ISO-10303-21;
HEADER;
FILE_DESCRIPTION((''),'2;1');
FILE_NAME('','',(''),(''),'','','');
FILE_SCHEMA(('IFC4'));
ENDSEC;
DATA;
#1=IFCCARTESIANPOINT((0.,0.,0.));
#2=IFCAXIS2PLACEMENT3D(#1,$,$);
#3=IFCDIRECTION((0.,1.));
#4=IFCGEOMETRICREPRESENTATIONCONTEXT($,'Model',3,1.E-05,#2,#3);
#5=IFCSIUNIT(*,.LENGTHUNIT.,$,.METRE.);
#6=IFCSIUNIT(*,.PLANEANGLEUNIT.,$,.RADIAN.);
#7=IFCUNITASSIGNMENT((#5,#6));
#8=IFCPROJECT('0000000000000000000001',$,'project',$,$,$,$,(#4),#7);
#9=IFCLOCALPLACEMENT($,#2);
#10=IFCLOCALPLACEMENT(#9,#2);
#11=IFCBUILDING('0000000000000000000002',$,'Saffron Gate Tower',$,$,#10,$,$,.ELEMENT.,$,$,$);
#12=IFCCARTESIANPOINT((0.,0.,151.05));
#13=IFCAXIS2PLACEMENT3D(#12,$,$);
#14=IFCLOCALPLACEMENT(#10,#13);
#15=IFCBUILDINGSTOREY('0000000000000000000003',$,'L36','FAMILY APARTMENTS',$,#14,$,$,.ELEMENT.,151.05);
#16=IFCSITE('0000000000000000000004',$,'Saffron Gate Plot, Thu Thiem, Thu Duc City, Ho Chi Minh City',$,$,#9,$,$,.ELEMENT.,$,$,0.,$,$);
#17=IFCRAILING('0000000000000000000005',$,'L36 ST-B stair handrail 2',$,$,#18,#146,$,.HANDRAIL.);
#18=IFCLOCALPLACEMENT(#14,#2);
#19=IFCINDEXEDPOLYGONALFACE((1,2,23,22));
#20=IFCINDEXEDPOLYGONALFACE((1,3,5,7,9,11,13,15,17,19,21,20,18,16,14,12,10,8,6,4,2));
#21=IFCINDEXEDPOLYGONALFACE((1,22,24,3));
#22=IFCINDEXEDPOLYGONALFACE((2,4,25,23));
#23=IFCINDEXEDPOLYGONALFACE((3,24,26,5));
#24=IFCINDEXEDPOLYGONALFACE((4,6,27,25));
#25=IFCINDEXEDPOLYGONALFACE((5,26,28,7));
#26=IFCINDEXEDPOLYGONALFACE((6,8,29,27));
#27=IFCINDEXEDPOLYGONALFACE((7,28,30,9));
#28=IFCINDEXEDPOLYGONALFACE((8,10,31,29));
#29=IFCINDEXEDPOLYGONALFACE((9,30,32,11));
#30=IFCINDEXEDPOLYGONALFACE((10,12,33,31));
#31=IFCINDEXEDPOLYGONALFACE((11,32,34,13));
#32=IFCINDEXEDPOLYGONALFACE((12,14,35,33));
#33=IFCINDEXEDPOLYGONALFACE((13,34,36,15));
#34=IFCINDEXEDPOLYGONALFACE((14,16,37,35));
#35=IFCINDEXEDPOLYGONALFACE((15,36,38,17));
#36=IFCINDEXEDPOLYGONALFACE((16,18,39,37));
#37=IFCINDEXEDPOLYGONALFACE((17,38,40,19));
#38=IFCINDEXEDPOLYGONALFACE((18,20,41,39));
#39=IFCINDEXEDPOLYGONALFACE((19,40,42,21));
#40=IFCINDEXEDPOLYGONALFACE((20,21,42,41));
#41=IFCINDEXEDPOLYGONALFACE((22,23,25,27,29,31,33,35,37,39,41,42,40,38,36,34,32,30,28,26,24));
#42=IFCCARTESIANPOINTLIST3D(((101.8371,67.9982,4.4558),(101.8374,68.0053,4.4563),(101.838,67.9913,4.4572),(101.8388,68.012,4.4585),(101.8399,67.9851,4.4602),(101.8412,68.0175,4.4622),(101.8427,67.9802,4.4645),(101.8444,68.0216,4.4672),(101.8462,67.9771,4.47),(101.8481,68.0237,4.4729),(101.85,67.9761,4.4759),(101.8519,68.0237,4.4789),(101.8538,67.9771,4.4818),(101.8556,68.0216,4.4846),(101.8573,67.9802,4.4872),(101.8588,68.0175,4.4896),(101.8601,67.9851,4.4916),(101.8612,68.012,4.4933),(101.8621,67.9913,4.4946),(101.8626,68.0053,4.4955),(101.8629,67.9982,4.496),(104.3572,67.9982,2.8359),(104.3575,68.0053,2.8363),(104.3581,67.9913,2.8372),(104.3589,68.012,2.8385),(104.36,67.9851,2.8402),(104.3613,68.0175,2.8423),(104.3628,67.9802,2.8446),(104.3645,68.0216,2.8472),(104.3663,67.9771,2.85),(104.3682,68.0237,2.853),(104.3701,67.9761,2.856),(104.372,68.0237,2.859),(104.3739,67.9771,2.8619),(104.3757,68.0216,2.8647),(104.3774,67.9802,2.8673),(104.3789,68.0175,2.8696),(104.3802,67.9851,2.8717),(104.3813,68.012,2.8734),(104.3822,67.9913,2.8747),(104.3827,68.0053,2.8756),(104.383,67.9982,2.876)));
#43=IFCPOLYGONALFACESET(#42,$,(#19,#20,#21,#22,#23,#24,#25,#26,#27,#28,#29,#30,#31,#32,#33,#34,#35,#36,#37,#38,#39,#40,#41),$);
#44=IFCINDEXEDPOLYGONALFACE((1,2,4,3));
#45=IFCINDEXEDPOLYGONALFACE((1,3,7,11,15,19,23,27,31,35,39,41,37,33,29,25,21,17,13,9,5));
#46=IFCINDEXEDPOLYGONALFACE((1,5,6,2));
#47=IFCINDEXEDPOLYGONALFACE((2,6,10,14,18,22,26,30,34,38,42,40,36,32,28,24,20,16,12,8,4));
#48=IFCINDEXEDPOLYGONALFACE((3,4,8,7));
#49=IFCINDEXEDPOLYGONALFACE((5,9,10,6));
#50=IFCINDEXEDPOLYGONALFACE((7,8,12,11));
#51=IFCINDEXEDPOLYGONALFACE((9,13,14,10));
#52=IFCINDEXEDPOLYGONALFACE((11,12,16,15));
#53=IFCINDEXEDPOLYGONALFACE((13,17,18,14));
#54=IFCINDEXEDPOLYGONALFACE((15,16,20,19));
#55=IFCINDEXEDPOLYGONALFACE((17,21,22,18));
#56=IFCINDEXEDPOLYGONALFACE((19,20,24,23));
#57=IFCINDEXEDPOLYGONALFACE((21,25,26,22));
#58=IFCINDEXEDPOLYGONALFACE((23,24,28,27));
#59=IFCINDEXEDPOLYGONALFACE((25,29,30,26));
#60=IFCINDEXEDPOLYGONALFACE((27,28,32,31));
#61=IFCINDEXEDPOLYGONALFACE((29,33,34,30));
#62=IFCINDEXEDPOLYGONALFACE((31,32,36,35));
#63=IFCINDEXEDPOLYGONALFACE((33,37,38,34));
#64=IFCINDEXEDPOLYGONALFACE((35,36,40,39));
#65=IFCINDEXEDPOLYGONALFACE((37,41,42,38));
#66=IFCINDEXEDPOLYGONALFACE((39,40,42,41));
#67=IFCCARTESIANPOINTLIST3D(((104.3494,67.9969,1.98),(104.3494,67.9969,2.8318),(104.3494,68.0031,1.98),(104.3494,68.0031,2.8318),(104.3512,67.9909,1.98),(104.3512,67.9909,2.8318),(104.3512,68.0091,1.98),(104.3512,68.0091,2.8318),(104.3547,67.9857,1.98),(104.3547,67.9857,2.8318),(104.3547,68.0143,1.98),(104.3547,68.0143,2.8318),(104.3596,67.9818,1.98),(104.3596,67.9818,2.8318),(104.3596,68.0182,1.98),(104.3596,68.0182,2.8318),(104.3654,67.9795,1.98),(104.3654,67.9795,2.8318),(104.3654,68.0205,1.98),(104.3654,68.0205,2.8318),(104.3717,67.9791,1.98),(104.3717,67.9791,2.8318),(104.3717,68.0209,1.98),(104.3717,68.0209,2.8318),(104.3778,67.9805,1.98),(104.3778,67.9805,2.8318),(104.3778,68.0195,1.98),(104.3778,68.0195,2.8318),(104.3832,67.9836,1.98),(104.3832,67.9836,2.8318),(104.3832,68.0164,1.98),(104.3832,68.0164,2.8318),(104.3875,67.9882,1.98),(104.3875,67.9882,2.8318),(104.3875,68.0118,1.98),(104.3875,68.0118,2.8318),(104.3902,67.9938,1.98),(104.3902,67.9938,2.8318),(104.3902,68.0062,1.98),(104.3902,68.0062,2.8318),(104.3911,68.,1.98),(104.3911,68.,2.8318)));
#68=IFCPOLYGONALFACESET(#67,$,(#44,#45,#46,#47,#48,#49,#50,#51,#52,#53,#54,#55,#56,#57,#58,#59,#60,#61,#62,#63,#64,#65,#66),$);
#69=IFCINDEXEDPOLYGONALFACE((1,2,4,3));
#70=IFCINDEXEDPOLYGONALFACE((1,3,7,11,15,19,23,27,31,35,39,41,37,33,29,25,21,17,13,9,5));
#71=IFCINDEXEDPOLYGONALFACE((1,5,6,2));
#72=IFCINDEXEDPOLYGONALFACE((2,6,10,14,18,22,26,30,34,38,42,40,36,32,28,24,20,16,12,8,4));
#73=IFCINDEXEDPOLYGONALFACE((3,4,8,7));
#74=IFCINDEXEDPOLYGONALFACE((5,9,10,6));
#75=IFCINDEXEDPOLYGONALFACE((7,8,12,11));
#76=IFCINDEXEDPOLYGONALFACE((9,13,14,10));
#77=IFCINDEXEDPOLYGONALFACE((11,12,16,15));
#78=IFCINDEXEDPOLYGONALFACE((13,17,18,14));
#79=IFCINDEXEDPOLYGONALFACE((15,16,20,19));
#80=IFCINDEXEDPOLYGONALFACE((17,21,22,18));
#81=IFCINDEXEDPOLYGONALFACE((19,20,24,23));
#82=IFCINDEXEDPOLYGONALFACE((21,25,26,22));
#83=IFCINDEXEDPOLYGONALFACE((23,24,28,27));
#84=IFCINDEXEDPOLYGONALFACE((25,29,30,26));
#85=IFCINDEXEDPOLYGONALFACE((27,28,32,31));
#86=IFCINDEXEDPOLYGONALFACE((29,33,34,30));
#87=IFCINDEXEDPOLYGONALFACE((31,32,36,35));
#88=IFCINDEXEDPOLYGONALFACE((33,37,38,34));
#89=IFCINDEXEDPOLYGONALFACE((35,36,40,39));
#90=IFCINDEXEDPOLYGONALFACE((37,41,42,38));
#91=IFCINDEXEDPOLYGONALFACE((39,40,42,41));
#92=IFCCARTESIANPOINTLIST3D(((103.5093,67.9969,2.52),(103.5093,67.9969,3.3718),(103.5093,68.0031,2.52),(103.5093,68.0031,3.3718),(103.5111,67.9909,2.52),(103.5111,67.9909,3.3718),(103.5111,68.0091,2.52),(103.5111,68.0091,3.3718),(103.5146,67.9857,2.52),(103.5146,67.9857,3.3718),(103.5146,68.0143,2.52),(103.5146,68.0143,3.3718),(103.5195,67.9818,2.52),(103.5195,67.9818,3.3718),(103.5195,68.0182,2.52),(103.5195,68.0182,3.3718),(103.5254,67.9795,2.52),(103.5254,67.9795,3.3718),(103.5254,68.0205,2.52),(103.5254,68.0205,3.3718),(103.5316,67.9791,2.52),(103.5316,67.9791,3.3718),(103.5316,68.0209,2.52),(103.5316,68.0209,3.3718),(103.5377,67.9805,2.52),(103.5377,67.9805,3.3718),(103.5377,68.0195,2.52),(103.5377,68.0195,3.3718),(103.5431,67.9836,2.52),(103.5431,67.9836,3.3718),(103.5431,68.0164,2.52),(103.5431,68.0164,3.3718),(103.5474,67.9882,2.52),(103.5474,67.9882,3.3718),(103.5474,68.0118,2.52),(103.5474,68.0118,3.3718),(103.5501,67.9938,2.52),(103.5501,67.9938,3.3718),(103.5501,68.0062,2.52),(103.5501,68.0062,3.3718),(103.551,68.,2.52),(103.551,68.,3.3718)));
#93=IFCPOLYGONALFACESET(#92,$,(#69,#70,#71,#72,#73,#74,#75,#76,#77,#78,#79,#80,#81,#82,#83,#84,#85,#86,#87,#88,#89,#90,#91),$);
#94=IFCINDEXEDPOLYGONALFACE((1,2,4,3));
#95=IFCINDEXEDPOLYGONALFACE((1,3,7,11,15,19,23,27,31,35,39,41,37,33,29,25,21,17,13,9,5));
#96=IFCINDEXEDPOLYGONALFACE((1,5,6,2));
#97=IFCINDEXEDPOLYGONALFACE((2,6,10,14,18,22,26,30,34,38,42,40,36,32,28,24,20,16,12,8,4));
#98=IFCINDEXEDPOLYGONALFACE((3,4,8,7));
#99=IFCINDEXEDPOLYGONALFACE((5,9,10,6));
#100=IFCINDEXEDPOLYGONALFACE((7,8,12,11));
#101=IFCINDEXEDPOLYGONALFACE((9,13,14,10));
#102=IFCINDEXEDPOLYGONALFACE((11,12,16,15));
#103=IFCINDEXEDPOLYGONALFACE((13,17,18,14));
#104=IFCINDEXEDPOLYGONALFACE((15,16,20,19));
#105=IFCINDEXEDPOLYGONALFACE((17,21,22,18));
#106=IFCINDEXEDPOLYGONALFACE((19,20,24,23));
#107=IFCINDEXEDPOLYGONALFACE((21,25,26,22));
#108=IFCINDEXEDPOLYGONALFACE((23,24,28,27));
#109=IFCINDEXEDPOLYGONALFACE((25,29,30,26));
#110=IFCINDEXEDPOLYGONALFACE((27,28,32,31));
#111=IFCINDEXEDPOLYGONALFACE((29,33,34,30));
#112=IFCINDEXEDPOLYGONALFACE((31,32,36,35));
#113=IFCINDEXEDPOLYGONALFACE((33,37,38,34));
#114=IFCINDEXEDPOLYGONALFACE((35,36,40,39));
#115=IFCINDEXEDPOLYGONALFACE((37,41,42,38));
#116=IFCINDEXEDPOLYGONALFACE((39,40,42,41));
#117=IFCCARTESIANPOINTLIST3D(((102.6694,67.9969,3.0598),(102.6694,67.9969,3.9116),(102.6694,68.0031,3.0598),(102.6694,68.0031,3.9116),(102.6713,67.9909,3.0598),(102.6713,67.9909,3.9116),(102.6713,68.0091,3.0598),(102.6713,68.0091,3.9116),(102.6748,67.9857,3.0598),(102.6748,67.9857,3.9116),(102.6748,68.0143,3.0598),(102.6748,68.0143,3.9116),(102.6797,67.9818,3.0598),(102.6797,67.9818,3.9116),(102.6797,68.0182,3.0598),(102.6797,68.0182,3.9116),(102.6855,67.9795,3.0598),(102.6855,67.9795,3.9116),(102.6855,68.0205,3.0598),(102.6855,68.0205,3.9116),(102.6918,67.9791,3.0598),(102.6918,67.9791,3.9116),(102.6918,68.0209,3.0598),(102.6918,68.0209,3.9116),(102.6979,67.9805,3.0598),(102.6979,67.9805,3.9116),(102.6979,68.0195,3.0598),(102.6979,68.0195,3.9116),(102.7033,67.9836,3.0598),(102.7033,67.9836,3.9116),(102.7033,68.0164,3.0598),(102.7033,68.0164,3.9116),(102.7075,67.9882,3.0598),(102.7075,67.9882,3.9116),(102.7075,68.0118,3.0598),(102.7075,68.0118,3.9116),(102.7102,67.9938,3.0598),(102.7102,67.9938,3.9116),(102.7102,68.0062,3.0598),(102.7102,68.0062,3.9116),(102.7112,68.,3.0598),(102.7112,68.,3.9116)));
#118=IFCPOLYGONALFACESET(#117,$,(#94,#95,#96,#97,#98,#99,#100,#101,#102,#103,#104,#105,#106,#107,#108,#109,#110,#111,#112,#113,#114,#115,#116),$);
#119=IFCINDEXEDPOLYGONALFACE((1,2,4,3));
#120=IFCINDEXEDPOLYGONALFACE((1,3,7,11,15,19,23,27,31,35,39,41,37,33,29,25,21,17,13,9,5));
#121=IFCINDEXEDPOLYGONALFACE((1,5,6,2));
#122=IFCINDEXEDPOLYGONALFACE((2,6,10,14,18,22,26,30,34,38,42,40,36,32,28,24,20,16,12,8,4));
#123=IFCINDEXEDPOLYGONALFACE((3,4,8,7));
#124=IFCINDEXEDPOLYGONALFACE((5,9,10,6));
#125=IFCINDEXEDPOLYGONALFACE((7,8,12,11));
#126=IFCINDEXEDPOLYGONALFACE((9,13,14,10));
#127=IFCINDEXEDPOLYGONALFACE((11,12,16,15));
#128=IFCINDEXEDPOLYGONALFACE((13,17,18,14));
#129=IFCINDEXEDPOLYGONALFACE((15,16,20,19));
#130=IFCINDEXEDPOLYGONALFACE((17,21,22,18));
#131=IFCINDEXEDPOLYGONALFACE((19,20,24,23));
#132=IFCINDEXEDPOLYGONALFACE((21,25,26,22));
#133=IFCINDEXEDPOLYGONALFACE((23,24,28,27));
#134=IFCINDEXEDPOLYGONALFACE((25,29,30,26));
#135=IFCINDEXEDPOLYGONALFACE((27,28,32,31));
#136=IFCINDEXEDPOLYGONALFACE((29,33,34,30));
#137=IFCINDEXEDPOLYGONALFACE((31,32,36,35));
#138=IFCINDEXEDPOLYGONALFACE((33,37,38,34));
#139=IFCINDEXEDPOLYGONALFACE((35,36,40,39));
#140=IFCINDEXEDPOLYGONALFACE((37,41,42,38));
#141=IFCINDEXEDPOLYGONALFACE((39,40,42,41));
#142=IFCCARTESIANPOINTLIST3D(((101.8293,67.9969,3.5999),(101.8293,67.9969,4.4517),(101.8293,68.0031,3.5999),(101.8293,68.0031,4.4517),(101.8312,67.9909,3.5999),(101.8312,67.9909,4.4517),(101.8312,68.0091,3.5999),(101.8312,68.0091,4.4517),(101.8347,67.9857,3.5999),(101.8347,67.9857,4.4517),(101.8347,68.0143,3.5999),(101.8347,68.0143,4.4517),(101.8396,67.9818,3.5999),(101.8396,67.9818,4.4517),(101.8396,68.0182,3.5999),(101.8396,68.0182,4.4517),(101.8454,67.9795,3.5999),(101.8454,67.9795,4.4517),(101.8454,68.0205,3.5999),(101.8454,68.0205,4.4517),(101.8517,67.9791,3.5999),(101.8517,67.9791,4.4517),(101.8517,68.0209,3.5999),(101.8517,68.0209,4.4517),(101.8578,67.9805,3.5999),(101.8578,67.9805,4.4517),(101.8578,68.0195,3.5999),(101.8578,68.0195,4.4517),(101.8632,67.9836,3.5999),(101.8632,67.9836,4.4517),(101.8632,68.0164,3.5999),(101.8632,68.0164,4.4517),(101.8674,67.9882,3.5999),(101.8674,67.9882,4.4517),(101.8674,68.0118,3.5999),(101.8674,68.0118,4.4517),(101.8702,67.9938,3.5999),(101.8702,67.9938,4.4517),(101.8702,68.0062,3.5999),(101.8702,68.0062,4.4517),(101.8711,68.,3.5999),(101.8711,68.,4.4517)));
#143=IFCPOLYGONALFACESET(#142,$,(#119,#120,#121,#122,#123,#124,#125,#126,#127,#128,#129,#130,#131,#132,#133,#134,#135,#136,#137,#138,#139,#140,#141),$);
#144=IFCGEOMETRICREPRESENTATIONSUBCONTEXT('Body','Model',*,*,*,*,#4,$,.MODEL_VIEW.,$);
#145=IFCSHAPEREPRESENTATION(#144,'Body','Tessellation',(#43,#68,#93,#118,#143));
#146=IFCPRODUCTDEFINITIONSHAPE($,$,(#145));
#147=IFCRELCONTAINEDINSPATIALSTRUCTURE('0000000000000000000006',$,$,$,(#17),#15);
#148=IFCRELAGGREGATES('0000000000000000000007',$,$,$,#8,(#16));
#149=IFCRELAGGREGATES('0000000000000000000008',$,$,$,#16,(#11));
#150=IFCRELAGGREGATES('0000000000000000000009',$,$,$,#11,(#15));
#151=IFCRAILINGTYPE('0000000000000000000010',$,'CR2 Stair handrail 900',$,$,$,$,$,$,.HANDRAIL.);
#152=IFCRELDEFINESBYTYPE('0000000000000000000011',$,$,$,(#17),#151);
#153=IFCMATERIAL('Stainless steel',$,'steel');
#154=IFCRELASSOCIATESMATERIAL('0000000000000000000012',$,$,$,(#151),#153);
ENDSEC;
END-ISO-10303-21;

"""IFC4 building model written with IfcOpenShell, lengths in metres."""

from ifc_helpers import new_model, si_unit, direction, frame, origin, origin_2d, place, context, subcontext, project, spatial, circle, extrude, material, type_object, element, save


model = new_model("IFC4")

# Units and contexts
model_context = context("Model", 3, precision=1e-05, world=origin(), true_north=direction((0.0, 1.0)))
body_context = subcontext(model_context, "Body", "Model", "MODEL_VIEW")
ifc_project = project(units=[si_unit("LENGTHUNIT", "METRE"), si_unit("PLANEANGLEUNIT", "RADIAN")], contexts=[model_context])

# Site, building, storey
site_placement = place(None, origin())
site = spatial("IfcSite", under=ifc_project, at=site_placement, Name="Saffron Gate Plot, Thu Thiem, Thu Duc City, Ho Chi Minh City", CompositionType="ELEMENT", RefElevation=0.0)
building_placement = place(site_placement, origin())
building = spatial("IfcBuilding", under=site, at=building_placement, Name="Saffron Gate Tower", CompositionType="ELEMENT")
storey_placement = place(building_placement, frame((0.0, 0.0, 151.05)))
storey = spatial("IfcBuildingStorey", under=building, at=storey_placement, Name="L36", Description="FAMILY APARTMENTS", CompositionType="ELEMENT", Elevation=151.05)

# Railing
ifc_material_1 = material(Name="Stainless steel", Category="steel")
railing_type = type_object("IfcRailingType", Name="CR2 Stair handrail 900", PredefinedType="HANDRAIL", material=ifc_material_1)
railing_placement = place(storey_placement, frame((104.3701, 68.0, 1.98)))
element("IfcRailing", 1, at=railing_placement, inside=storey, type_object=railing_type, Name="L36 ST-B stair handrail 2", PredefinedType="HANDRAIL", context=body_context, shape_type="SweptSolid", body=[
    extrude(circle(Radius=0.0239, at=origin_2d()), frame((0.0, 0.0, 0.876), z_axis=(-0.8412, 0.0, 0.540725), x_axis=(0.0, -1.0, 0.0)), (0.0, 0.0, 1.0), 2.9958),
    extrude(circle(Radius=0.021, at=origin_2d()), origin(), (0.0, 0.0, 1.0), 0.8518),
    extrude(circle(Radius=0.021, at=origin_2d()), frame((-0.8401, 0.0, 0.54)), (0.0, 0.0, 1.0), 0.8518),
    extrude(circle(Radius=0.021, at=origin_2d()), frame((-1.6799, 0.0, 1.0798)), (0.0, 0.0, 1.0), 0.8518),
    extrude(circle(Radius=0.021, at=origin_2d()), frame((-2.52, 0.0, 1.6199)), (0.0, 0.0, 1.0), 0.8518),
])

save(model, "model.ifc")
